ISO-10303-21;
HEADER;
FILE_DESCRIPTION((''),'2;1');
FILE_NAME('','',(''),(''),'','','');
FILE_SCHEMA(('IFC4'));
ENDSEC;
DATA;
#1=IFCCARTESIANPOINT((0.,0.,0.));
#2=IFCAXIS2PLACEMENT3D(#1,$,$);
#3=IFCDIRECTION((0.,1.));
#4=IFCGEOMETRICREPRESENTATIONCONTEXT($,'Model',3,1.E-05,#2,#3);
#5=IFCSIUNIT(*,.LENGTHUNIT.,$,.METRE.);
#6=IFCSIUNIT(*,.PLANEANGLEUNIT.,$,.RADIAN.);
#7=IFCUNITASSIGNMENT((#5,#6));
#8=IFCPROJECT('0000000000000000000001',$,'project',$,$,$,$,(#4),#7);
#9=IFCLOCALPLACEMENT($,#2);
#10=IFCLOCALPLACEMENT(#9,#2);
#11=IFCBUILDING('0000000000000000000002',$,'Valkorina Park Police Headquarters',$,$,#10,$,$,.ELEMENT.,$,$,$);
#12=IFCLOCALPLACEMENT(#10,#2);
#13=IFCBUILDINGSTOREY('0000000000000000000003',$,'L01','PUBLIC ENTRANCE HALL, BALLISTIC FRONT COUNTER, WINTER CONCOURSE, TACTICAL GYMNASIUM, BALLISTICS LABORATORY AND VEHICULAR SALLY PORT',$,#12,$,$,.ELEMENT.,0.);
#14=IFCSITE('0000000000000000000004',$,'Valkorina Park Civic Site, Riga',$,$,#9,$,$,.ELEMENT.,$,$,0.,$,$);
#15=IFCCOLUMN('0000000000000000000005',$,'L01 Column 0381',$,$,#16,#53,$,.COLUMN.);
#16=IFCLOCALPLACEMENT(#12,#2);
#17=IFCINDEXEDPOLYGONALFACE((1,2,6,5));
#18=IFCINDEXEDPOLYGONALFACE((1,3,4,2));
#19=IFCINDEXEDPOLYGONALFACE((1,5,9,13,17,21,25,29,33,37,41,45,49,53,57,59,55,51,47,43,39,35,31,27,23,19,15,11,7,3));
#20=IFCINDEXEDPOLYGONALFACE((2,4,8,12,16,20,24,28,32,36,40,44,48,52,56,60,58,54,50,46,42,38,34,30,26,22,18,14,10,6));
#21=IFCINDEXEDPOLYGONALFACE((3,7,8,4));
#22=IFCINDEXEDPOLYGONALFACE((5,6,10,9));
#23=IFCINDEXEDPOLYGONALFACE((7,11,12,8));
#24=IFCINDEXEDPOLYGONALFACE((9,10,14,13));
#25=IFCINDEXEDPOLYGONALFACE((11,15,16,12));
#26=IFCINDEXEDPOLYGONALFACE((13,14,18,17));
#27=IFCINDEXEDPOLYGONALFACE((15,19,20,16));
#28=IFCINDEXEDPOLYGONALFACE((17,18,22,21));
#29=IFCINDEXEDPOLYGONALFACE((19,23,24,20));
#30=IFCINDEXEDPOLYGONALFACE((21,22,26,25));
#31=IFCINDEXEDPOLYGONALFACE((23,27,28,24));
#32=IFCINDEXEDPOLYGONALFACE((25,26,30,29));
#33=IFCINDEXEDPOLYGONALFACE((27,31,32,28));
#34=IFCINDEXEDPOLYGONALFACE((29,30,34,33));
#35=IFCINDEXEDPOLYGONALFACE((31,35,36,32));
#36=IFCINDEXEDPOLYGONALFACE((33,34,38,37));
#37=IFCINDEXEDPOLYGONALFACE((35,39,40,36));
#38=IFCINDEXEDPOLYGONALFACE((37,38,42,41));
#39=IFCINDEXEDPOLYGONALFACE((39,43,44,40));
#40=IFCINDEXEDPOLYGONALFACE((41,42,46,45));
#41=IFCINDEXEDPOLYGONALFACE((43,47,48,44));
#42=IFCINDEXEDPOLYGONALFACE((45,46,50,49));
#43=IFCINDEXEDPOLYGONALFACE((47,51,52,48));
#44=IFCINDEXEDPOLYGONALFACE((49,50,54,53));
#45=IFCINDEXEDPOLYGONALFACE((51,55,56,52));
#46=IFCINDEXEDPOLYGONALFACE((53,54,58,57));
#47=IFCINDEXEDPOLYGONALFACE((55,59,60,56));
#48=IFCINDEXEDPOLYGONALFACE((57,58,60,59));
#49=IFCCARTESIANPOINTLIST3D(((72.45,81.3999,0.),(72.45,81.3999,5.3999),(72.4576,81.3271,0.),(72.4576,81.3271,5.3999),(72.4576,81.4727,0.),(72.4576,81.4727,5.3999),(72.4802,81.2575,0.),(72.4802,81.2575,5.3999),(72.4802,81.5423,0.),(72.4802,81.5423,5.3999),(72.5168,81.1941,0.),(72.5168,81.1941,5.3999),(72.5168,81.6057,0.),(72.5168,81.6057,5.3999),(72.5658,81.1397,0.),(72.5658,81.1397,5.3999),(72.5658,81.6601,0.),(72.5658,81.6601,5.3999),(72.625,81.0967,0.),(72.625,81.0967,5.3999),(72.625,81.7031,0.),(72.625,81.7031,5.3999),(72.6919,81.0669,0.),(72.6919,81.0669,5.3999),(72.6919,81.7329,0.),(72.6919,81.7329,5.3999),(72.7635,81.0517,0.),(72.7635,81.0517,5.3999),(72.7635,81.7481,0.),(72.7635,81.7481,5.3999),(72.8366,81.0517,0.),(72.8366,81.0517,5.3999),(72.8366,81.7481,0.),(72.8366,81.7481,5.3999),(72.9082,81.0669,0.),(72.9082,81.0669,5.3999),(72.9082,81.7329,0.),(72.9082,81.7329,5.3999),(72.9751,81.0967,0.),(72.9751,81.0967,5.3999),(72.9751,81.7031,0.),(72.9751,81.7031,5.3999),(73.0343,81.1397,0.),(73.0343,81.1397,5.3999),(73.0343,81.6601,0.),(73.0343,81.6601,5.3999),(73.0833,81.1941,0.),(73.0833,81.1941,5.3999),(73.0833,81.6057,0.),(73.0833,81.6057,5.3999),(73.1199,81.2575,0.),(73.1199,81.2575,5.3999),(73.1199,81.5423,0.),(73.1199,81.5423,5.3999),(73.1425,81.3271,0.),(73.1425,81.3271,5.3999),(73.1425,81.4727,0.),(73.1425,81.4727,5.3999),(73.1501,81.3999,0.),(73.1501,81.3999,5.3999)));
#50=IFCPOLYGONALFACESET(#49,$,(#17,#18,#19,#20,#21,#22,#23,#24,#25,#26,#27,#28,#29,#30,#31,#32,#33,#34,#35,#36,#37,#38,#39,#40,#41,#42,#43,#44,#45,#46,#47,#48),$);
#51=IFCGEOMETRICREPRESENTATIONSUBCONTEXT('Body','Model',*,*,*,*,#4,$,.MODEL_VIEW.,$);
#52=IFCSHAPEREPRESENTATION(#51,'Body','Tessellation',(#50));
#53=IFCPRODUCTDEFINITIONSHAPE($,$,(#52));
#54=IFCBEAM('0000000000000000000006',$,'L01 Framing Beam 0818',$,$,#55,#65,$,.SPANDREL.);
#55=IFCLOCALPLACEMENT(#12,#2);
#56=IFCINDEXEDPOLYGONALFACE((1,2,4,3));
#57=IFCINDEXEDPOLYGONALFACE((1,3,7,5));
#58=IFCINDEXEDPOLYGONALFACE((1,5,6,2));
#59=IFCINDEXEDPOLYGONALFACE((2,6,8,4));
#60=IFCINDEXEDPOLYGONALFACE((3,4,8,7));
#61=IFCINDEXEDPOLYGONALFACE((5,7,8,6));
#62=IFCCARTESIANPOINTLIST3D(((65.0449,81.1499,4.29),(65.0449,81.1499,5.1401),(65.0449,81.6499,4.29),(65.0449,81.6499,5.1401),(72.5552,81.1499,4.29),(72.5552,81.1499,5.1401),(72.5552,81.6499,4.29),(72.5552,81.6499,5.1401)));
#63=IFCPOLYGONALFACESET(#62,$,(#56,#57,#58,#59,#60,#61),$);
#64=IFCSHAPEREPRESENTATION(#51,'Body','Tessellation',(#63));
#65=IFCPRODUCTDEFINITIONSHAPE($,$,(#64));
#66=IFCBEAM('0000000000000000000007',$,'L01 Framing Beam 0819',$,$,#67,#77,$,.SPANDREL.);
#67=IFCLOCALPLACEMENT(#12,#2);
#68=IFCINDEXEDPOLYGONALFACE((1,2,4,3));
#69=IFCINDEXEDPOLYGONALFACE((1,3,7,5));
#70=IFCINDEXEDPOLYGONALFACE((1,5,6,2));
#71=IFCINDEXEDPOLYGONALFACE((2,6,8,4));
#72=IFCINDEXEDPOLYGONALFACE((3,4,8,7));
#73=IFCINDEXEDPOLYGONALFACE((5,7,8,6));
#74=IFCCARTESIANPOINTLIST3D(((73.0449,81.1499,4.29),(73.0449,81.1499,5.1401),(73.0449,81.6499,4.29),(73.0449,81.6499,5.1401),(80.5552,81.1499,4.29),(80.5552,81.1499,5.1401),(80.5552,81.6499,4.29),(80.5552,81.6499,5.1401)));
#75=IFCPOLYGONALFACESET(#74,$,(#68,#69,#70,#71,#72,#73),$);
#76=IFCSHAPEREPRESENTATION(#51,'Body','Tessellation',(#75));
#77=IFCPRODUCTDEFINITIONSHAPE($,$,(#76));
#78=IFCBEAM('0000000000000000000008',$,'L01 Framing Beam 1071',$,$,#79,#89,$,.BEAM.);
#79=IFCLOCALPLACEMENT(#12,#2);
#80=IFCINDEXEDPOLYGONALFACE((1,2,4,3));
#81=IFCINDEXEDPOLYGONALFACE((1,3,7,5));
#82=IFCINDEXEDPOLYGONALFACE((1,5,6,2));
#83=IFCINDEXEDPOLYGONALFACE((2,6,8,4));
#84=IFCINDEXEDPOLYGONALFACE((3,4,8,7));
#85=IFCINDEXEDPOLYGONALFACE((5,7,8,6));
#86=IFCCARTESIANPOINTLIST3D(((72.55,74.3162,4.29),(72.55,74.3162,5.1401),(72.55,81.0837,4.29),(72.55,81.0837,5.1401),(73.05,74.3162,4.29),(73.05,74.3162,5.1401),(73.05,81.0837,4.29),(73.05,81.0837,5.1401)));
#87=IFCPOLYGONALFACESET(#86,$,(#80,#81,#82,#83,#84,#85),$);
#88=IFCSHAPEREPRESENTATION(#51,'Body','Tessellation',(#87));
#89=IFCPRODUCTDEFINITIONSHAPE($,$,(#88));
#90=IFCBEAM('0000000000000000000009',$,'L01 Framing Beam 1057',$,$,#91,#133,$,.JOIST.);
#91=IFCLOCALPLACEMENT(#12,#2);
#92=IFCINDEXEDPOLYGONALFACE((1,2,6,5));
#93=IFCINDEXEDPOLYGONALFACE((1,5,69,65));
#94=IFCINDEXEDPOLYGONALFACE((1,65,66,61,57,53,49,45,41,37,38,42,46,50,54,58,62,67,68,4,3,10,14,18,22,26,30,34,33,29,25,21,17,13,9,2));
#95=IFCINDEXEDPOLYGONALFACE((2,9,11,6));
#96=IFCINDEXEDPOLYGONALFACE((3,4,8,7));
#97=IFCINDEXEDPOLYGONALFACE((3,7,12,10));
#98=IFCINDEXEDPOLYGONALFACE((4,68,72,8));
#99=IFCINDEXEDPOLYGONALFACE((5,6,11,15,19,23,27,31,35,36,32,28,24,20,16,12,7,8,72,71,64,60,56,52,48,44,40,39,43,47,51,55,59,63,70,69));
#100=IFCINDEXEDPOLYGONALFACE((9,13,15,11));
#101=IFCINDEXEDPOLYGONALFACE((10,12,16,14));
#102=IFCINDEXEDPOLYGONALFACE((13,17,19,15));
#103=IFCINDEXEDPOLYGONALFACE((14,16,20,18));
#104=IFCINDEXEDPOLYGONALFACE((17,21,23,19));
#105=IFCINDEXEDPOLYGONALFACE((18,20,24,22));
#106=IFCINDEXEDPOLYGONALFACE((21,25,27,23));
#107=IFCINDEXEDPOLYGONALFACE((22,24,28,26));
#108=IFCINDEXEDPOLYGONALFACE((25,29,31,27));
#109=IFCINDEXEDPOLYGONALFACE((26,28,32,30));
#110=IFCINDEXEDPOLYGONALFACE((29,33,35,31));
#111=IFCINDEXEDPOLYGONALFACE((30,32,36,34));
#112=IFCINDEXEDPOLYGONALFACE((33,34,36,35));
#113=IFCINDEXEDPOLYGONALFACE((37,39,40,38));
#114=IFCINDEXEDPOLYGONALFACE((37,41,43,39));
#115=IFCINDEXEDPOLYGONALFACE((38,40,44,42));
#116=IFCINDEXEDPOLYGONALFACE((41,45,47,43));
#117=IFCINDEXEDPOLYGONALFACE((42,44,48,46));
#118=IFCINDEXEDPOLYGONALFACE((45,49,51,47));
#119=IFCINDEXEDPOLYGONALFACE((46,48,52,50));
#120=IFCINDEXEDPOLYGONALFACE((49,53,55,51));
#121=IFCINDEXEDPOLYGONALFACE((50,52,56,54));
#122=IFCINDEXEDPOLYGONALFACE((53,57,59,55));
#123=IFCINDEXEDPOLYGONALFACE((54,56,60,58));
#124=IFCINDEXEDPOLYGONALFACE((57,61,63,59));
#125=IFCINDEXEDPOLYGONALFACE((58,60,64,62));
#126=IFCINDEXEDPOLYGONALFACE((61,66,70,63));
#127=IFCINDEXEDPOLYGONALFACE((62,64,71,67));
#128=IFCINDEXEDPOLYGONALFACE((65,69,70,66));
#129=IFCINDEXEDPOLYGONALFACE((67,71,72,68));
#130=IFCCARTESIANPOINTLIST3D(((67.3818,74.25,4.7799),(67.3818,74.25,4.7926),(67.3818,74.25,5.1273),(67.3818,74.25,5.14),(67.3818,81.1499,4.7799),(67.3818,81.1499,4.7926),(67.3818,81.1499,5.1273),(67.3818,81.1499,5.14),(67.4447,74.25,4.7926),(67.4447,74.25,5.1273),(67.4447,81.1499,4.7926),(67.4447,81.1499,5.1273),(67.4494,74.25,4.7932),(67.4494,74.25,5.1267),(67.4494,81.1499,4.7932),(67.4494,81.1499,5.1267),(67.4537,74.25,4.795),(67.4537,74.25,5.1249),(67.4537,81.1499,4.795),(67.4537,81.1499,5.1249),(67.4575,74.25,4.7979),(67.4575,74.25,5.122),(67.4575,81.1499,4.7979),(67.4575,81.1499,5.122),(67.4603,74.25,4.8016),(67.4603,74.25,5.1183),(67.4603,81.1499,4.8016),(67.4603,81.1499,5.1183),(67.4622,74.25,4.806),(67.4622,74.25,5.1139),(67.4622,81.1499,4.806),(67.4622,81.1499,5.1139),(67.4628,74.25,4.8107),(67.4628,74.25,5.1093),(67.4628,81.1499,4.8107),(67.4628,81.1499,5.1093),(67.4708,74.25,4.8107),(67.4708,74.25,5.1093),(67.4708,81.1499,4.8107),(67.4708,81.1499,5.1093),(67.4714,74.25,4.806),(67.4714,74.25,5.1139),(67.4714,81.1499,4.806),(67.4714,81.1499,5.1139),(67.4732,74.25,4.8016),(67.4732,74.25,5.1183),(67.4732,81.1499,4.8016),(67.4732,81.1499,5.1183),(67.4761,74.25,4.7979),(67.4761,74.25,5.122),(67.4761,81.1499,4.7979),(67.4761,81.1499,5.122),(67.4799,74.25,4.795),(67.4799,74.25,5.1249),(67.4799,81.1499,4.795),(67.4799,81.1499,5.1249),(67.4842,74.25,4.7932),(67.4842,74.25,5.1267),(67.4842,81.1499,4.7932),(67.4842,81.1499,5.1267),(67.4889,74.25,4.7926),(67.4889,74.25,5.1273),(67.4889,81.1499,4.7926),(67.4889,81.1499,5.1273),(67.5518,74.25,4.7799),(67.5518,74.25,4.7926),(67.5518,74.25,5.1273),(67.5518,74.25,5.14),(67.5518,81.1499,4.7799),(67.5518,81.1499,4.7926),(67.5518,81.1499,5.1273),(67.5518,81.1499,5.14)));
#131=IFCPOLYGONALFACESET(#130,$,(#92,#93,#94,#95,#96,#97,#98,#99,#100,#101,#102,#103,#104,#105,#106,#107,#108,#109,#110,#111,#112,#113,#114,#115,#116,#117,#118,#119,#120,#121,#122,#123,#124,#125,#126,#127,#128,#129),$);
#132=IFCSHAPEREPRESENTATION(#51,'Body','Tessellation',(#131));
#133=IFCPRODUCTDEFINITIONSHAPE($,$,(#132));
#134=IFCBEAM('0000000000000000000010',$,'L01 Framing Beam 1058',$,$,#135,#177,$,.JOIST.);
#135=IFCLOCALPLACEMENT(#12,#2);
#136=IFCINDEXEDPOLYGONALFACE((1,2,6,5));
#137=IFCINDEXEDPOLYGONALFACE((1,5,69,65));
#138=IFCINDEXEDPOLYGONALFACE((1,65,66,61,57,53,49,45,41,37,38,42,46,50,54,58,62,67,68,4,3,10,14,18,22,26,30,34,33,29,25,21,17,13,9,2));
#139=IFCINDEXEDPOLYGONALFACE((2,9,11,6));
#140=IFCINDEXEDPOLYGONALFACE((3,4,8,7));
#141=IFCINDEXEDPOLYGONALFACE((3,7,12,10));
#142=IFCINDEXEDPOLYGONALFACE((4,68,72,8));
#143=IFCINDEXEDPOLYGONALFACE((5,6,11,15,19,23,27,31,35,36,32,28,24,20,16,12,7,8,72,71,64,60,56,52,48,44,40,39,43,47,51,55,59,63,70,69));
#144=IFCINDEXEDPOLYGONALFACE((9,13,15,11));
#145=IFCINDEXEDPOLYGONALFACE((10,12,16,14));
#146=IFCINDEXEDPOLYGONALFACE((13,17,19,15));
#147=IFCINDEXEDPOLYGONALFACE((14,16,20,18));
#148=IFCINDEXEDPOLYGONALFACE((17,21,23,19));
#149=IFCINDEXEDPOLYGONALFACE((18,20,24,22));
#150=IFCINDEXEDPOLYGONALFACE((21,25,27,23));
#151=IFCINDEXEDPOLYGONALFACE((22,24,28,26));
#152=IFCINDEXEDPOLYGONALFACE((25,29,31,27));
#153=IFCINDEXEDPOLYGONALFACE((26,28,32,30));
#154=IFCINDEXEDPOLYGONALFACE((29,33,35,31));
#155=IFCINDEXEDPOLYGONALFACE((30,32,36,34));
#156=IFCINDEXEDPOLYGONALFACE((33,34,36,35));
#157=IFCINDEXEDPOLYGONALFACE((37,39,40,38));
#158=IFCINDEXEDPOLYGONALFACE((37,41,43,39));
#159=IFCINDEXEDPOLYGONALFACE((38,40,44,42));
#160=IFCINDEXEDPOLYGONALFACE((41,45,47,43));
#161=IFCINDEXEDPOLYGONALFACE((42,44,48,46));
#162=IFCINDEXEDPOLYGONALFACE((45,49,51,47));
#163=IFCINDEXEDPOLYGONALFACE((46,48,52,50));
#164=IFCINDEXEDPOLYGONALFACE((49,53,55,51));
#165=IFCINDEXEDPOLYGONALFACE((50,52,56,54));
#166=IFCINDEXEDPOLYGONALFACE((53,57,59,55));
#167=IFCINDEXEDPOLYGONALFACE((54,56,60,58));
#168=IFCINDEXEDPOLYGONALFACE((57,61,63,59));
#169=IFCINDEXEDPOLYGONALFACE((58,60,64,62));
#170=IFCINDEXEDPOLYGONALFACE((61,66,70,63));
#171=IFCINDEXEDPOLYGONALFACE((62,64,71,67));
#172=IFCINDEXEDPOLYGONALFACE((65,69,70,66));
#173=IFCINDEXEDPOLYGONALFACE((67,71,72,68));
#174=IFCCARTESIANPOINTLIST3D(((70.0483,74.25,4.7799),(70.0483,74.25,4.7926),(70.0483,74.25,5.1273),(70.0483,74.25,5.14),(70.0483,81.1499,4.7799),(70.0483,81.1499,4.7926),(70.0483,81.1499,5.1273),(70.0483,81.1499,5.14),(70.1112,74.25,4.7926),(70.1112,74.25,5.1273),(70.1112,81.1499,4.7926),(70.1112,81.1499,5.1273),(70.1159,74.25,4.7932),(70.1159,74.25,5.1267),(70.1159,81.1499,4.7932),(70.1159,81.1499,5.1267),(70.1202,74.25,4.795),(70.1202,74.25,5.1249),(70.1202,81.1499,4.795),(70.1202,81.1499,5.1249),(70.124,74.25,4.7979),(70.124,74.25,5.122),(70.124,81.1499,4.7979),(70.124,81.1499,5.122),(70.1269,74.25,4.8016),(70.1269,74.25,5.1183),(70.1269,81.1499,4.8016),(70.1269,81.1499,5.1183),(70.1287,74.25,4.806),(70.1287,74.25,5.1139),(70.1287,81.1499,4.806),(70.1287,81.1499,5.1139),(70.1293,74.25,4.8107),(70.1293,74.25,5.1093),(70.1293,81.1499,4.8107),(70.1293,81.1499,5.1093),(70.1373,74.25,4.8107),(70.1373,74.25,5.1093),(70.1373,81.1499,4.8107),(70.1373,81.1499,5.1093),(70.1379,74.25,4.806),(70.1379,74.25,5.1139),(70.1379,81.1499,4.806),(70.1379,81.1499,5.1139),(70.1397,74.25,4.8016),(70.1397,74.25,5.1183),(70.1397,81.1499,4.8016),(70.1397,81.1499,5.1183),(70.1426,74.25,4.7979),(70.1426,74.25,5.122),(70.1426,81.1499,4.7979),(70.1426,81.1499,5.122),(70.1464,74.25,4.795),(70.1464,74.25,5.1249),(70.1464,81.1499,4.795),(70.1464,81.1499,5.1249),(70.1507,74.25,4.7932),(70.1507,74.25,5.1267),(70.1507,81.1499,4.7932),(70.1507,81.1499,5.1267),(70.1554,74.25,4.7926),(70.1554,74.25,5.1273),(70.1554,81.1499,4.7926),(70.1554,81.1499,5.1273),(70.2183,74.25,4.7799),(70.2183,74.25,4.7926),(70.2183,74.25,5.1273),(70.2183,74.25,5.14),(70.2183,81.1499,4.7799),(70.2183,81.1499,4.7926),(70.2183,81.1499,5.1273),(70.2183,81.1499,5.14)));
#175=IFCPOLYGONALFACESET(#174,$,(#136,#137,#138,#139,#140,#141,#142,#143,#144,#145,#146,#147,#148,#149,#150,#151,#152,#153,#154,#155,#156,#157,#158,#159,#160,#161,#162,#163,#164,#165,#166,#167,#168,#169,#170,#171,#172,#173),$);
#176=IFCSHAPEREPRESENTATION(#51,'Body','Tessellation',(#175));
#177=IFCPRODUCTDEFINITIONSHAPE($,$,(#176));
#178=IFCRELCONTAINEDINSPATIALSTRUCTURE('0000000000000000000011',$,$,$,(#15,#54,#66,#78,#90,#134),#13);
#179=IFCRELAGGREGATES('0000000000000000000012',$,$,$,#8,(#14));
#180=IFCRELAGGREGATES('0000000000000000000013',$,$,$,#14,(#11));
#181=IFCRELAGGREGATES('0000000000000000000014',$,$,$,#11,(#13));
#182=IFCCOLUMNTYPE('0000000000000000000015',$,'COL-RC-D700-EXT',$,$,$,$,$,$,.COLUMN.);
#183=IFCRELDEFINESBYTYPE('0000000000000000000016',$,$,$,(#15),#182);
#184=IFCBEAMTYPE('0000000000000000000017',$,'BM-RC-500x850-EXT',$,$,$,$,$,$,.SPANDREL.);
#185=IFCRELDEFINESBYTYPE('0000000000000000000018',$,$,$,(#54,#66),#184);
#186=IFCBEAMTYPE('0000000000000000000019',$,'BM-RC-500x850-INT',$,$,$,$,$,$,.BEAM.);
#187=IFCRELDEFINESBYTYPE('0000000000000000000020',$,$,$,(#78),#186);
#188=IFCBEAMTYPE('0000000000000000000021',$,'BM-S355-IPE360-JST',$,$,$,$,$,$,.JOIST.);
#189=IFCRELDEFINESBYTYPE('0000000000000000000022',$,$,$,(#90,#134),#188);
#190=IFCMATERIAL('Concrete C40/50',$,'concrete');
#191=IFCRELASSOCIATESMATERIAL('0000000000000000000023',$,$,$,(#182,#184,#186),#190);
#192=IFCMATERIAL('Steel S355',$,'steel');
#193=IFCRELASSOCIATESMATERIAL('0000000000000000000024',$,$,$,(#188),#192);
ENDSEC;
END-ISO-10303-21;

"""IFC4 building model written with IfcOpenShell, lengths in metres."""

from ifc_helpers import new_model, si_unit, direction, frame, origin, origin_2d, place, context, subcontext, project, spatial, rectangle, circle, i_section, extrude, material, material_profile, profile_set, type_object, element, save


model = new_model("IFC4")

# Units and contexts
model_context = context("Model", 3, precision=1e-05, world=origin(), true_north=direction((0.0, 1.0)))
body_context = subcontext(model_context, "Body", "Model", "MODEL_VIEW")
ifc_project = project(units=[si_unit("LENGTHUNIT", "METRE"), si_unit("PLANEANGLEUNIT", "RADIAN")], contexts=[model_context])

# Site, building, storey
site_placement = place(None, origin())
site = spatial("IfcSite", under=ifc_project, at=site_placement, Name="Valkorina Park Civic Site, Riga", CompositionType="ELEMENT", RefElevation=0.0)
building_placement = place(site_placement, origin())
building = spatial("IfcBuilding", under=site, at=building_placement, Name="Valkorina Park Police Headquarters", CompositionType="ELEMENT")
storey_placement = place(building_placement, origin())
storey = spatial("IfcBuildingStorey", under=building, at=storey_placement, Name="L01", Description="PUBLIC ENTRANCE HALL, BALLISTIC FRONT COUNTER, WINTER CONCOURSE, TACTICAL GYMNASIUM, BALLISTICS LABORATORY AND VEHICULAR SALLY PORT", CompositionType="ELEMENT", Elevation=0.0)

# Column
ifc_material_1 = material(Name="Concrete C40/50", Category="concrete")
ifc_material_profile_1 = material_profile(ifc_material_1, circle(Radius=0.3501, at=origin_2d()), Name="RC COL D700")
ifc_profile_set_1 = profile_set([ifc_material_profile_1], Name="Concrete C40/50")
column_type = type_object("IfcColumnType", Name="COL-RC-D700-EXT", PredefinedType="COLUMN", material=ifc_profile_set_1)
column_placement = place(storey_placement, frame((72.8, 81.3999, 0.0), z_axis=(0.0, 0.0, 1.0), x_axis=(1.0, 0.0, 0.0)))
element("IfcColumn", 1, at=column_placement, inside=storey, type_object=column_type, Name="L01 Column 0381", PredefinedType="COLUMN", context=body_context, shape_type="SweptSolid", body=[
    extrude(circle(Radius=0.3501, at=origin_2d()), origin(), (0.0, 0.0, 1.0), 5.3999),
])

# Beams
ifc_material_profile_2 = material_profile(ifc_material_1, rectangle(XDim=0.5, YDim=0.8501, at=origin_2d()), Name="RC BEAM 500x850")
ifc_profile_set_2 = profile_set([ifc_material_profile_2], Name="Concrete C40/50")
beam_type_1 = type_object("IfcBeamType", Name="BM-RC-500x850-EXT", PredefinedType="SPANDREL", material=ifc_profile_set_2)
for number, where, z_axis, x_axis, name in (
    (2, (65.0449, 81.3999, 4.7151), (1.0, 0.0, 0.0), (0.0, 1.0, 0.0), "L01 Framing Beam 0818"),
    (3, (73.0449, 81.3999, 4.7151), (1.0, 0.0, 0.0), (0.0, 1.0, 0.0), "L01 Framing Beam 0819"),
):
    element("IfcBeam", number, at=place(storey_placement, frame(where, z_axis=z_axis, x_axis=x_axis)), inside=storey, type_object=beam_type_1, Name=name, PredefinedType="SPANDREL", context=body_context, shape_type="SweptSolid", body=[
        extrude(rectangle(XDim=0.5, YDim=0.8501, at=origin_2d()), origin(), (0.0, 0.0, 1.0), 7.5103),
    ])
ifc_material_profile_3 = material_profile(ifc_material_1, rectangle(XDim=0.5, YDim=0.8501, at=origin_2d()), Name="RC BEAM 500x850")
ifc_profile_set_3 = profile_set([ifc_material_profile_3], Name="Concrete C40/50")
beam_type_2 = type_object("IfcBeamType", Name="BM-RC-500x850-INT", PredefinedType="BEAM", material=ifc_profile_set_3)
beam_placement = place(storey_placement, frame((72.8, 74.3162, 4.7151), z_axis=(0.0, 1.0, 0.0), x_axis=(-1.0, 0.0, 0.0)))
element("IfcBeam", 4, at=beam_placement, inside=storey, type_object=beam_type_2, Name="L01 Framing Beam 1071", PredefinedType="BEAM", context=body_context, shape_type="SweptSolid", body=[
    extrude(rectangle(XDim=0.5, YDim=0.8501, at=origin_2d()), origin(), (0.0, 0.0, 1.0), 6.7676),
])
ifc_material_2 = material(Name="Steel S355", Category="steel")
ifc_material_profile_4 = material_profile(ifc_material_2, i_section(OverallWidth=0.1699, OverallDepth=0.3601, WebThickness=0.0081, FlangeThickness=0.0127, FilletRadius=0.0181, at=origin_2d()), Name="IPE 360")
ifc_profile_set_4 = profile_set([ifc_material_profile_4], Name="Steel S355")
beam_type_3 = type_object("IfcBeamType", Name="BM-S355-IPE360-JST", PredefinedType="JOIST", material=ifc_profile_set_4)
for number, where, z_axis, x_axis, name in (
    (5, (67.4668, 74.25, 4.96), (0.0, 1.0, 0.0), (-1.0, 0.0, 0.0), "L01 Framing Beam 1057"),
    (6, (70.1333, 74.25, 4.96), (0.0, 1.0, 0.0), (-1.0, 0.0, 0.0), "L01 Framing Beam 1058"),
):
    element("IfcBeam", number, at=place(storey_placement, frame(where, z_axis=z_axis, x_axis=x_axis)), inside=storey, type_object=beam_type_3, Name=name, PredefinedType="JOIST", context=body_context, shape_type="SweptSolid", body=[
        extrude(i_section(OverallWidth=0.1699, OverallDepth=0.3601, WebThickness=0.0081, FlangeThickness=0.0127, FilletRadius=0.0181, at=origin_2d()), origin(), (0.0, 0.0, 1.0), 6.8999),
    ])

save(model, "model.ifc")
